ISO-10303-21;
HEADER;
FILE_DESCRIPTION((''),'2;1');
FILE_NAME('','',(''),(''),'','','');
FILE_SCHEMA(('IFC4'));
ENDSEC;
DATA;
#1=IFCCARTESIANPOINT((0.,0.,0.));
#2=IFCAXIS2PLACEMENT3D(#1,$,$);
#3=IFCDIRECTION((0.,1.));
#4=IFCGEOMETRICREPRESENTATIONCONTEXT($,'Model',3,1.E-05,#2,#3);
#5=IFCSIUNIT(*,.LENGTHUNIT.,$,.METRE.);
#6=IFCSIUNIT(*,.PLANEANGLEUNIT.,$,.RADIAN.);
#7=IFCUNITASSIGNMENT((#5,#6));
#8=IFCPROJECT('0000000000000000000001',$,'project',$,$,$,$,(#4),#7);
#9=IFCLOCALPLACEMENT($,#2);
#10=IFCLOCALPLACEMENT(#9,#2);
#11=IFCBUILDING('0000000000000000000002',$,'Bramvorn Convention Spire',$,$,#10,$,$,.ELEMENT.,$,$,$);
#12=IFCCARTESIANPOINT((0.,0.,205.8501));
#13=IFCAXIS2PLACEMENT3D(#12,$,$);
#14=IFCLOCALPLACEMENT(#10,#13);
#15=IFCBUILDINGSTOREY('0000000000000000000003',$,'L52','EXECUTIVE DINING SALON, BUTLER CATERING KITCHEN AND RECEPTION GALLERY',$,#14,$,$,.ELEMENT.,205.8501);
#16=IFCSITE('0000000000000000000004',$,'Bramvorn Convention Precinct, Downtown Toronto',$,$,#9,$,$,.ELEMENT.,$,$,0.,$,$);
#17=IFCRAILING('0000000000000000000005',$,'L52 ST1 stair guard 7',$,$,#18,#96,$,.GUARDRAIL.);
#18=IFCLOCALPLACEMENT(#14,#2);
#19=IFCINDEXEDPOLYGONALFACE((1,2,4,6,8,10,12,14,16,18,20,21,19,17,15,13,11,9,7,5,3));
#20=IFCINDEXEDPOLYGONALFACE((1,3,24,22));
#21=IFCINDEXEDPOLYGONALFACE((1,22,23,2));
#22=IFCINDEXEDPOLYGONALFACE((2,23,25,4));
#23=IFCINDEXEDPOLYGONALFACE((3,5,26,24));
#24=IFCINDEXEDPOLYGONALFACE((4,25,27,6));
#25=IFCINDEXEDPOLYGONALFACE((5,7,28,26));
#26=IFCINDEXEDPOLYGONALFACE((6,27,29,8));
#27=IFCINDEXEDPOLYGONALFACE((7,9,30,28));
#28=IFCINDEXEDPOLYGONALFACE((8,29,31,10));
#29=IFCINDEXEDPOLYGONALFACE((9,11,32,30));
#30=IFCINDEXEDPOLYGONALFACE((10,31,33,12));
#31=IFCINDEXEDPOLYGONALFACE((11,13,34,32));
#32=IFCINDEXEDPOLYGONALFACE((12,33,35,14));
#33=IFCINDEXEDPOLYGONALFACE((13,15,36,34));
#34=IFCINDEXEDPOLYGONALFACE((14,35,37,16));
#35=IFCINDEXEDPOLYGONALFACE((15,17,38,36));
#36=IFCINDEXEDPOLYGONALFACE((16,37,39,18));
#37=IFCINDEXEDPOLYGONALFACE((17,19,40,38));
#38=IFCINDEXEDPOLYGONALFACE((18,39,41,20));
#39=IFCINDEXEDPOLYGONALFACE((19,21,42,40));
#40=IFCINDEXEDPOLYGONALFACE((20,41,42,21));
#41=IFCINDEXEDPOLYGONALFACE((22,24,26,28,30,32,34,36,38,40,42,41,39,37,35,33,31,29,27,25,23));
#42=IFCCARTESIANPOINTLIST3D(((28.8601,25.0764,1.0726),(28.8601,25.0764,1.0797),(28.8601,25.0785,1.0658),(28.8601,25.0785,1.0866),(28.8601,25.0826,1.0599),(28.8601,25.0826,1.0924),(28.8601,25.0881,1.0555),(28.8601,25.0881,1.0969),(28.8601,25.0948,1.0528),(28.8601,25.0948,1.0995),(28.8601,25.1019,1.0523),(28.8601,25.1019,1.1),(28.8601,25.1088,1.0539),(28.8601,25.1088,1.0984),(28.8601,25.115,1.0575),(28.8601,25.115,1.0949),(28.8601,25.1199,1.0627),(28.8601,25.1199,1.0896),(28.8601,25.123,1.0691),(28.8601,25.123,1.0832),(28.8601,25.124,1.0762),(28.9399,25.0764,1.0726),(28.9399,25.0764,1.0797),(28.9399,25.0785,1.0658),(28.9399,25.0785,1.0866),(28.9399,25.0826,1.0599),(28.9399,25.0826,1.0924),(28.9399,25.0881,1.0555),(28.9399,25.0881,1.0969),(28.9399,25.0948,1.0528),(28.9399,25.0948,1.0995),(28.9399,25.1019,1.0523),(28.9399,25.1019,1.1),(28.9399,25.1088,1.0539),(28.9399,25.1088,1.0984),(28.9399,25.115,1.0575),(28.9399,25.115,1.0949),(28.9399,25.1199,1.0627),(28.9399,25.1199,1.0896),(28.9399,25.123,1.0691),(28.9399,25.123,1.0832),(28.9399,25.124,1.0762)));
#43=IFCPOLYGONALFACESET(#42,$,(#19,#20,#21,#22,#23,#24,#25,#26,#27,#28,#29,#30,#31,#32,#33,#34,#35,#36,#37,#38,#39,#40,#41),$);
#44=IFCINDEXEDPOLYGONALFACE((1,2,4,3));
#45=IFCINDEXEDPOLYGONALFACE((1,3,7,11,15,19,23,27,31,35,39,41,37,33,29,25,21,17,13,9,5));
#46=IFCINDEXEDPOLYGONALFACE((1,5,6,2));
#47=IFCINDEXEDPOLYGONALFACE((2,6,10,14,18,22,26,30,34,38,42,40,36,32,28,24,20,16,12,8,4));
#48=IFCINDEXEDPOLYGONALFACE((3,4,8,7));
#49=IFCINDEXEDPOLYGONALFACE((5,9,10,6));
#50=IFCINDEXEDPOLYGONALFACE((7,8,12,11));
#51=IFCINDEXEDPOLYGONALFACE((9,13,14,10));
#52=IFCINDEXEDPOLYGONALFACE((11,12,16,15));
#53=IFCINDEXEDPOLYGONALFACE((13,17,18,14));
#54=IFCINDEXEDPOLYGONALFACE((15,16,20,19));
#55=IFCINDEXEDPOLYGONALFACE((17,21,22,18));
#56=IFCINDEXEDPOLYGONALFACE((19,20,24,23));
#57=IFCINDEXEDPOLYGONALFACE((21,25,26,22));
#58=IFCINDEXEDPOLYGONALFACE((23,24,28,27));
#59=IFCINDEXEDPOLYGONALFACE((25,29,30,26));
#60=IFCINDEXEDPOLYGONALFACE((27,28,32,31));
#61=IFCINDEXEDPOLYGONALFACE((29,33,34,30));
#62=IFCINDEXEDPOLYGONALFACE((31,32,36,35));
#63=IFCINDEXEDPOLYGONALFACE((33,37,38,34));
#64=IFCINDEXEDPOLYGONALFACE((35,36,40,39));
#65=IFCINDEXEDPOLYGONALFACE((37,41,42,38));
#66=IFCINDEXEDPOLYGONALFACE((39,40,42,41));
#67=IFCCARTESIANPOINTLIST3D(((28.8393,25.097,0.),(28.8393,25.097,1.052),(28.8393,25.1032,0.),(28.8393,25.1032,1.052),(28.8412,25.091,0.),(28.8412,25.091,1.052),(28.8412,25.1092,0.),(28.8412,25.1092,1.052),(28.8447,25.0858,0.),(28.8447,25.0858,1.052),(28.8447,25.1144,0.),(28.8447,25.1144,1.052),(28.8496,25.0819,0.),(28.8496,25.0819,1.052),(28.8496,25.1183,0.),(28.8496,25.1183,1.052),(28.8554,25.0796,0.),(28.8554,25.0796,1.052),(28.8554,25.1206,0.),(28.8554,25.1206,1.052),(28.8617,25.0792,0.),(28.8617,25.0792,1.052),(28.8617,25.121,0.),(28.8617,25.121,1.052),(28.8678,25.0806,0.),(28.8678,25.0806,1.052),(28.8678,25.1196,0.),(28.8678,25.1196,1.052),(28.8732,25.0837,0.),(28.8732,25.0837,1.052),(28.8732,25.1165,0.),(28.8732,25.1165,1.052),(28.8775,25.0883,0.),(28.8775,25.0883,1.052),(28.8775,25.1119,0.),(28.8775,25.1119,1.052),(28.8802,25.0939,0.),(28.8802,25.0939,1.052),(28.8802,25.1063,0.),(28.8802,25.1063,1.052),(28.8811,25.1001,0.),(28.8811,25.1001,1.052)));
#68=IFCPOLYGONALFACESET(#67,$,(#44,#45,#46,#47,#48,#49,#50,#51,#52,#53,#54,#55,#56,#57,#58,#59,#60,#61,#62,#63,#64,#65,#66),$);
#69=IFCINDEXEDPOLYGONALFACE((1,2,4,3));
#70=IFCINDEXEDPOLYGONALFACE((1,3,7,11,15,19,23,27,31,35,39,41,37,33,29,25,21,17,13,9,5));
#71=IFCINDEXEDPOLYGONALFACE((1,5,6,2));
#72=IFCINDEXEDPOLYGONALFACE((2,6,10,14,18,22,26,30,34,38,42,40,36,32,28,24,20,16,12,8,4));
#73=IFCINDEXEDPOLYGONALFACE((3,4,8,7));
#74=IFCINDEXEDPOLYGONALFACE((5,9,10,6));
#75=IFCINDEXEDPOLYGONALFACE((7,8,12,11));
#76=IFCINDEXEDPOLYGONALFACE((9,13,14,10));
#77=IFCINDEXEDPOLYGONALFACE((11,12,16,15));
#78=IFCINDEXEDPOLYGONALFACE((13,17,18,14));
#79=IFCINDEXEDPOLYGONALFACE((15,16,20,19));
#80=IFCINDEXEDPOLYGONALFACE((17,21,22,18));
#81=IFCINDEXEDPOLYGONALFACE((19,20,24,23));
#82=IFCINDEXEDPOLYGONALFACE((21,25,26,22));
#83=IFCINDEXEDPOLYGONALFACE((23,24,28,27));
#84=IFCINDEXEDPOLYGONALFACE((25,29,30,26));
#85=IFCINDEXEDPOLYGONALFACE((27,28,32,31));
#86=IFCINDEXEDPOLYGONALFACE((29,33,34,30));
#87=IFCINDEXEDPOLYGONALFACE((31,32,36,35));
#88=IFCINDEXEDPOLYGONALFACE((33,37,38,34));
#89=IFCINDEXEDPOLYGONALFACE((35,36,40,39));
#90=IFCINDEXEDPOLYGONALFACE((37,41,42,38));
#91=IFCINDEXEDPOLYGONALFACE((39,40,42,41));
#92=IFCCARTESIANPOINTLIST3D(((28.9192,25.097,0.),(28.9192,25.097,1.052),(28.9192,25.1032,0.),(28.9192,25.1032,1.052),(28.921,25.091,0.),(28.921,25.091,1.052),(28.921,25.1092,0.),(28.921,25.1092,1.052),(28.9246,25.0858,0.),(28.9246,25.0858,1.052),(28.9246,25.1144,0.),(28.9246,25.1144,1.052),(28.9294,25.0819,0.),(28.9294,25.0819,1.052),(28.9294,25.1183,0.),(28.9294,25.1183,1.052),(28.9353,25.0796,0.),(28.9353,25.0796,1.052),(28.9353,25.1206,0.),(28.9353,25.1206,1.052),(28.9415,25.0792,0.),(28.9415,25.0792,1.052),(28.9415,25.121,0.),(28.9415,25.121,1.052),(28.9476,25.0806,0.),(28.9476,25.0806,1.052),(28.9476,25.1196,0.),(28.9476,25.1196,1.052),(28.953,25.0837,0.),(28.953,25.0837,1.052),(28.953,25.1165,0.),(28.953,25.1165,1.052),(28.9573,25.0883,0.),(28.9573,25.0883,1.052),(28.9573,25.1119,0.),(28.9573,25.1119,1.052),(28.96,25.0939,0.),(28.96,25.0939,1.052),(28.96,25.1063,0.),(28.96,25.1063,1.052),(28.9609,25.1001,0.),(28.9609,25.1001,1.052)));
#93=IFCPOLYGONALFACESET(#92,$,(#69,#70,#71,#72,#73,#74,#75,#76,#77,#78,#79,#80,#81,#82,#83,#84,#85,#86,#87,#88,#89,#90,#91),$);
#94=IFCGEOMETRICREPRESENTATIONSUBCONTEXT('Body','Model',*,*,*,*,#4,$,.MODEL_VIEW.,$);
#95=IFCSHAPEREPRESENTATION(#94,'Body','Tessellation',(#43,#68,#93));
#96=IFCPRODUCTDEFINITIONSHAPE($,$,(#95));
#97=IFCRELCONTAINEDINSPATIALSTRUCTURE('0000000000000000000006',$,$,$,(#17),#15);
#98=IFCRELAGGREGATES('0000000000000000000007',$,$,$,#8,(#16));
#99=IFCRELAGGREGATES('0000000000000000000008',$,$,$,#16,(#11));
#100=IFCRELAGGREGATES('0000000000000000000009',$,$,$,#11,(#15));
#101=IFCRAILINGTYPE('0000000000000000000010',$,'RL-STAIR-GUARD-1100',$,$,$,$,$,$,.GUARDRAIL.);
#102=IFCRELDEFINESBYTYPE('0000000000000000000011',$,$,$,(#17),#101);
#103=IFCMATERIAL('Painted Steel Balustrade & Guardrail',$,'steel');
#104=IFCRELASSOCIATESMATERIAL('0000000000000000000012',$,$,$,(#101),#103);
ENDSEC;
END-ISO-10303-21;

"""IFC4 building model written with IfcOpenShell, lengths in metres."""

from ifc_helpers import new_model, si_unit, direction, frame, origin, origin_2d, place, context, subcontext, project, spatial, circle, extrude, material, type_object, element, save


model = new_model("IFC4")

# Units and contexts
model_context = context("Model", 3, precision=1e-05, world=origin(), true_north=direction((0.0, 1.0)))
body_context = subcontext(model_context, "Body", "Model", "MODEL_VIEW")
ifc_project = project(units=[si_unit("LENGTHUNIT", "METRE"), si_unit("PLANEANGLEUNIT", "RADIAN")], contexts=[model_context])

# Site, building, storey
site_placement = place(None, origin())
site = spatial("IfcSite", under=ifc_project, at=site_placement, Name="Bramvorn Convention Precinct, Downtown Toronto", CompositionType="ELEMENT", RefElevation=0.0)
building_placement = place(site_placement, origin())
building = spatial("IfcBuilding", under=site, at=building_placement, Name="Bramvorn Convention Spire", CompositionType="ELEMENT")
storey_placement = place(building_placement, frame((0.0, 0.0, 205.8501)))
storey = spatial("IfcBuildingStorey", under=building, at=storey_placement, Name="L52", Description="EXECUTIVE DINING SALON, BUTLER CATERING KITCHEN AND RECEPTION GALLERY", CompositionType="ELEMENT", Elevation=205.8501)

# Railing
ifc_material_1 = material(Name="Painted Steel Balustrade & Guardrail", Category="steel")
railing_type_1 = type_object("IfcRailingType", Name="RL-STAIR-GUARD-1100", PredefinedType="GUARDRAIL", material=ifc_material_1)
railing_1_placement = place(storey_placement, frame((28.8601, 25.1001, 0.0)))
element("IfcRailing", 1, at=railing_1_placement, inside=storey, type_object=railing_type_1, Name="L52 ST1 stair guard 7", PredefinedType="GUARDRAIL", context=body_context, shape_type="SweptSolid", body=[
    extrude(circle(Radius=0.0239, at=origin_2d()), frame((0.0, 0.0, 1.0762), z_axis=(1.0, 0.0, 0.0), x_axis=(0.0, 1.0, 0.0)), (0.0, 0.0, 1.0), 0.0798),
    extrude(circle(Radius=0.021, at=origin_2d()), origin(), (0.0, 0.0, 1.0), 1.052),
    extrude(circle(Radius=0.021, at=origin_2d()), frame((0.0798, 0.0, 0.0)), (0.0, 0.0, 1.0), 1.052),
])

save(model, "model.ifc")
